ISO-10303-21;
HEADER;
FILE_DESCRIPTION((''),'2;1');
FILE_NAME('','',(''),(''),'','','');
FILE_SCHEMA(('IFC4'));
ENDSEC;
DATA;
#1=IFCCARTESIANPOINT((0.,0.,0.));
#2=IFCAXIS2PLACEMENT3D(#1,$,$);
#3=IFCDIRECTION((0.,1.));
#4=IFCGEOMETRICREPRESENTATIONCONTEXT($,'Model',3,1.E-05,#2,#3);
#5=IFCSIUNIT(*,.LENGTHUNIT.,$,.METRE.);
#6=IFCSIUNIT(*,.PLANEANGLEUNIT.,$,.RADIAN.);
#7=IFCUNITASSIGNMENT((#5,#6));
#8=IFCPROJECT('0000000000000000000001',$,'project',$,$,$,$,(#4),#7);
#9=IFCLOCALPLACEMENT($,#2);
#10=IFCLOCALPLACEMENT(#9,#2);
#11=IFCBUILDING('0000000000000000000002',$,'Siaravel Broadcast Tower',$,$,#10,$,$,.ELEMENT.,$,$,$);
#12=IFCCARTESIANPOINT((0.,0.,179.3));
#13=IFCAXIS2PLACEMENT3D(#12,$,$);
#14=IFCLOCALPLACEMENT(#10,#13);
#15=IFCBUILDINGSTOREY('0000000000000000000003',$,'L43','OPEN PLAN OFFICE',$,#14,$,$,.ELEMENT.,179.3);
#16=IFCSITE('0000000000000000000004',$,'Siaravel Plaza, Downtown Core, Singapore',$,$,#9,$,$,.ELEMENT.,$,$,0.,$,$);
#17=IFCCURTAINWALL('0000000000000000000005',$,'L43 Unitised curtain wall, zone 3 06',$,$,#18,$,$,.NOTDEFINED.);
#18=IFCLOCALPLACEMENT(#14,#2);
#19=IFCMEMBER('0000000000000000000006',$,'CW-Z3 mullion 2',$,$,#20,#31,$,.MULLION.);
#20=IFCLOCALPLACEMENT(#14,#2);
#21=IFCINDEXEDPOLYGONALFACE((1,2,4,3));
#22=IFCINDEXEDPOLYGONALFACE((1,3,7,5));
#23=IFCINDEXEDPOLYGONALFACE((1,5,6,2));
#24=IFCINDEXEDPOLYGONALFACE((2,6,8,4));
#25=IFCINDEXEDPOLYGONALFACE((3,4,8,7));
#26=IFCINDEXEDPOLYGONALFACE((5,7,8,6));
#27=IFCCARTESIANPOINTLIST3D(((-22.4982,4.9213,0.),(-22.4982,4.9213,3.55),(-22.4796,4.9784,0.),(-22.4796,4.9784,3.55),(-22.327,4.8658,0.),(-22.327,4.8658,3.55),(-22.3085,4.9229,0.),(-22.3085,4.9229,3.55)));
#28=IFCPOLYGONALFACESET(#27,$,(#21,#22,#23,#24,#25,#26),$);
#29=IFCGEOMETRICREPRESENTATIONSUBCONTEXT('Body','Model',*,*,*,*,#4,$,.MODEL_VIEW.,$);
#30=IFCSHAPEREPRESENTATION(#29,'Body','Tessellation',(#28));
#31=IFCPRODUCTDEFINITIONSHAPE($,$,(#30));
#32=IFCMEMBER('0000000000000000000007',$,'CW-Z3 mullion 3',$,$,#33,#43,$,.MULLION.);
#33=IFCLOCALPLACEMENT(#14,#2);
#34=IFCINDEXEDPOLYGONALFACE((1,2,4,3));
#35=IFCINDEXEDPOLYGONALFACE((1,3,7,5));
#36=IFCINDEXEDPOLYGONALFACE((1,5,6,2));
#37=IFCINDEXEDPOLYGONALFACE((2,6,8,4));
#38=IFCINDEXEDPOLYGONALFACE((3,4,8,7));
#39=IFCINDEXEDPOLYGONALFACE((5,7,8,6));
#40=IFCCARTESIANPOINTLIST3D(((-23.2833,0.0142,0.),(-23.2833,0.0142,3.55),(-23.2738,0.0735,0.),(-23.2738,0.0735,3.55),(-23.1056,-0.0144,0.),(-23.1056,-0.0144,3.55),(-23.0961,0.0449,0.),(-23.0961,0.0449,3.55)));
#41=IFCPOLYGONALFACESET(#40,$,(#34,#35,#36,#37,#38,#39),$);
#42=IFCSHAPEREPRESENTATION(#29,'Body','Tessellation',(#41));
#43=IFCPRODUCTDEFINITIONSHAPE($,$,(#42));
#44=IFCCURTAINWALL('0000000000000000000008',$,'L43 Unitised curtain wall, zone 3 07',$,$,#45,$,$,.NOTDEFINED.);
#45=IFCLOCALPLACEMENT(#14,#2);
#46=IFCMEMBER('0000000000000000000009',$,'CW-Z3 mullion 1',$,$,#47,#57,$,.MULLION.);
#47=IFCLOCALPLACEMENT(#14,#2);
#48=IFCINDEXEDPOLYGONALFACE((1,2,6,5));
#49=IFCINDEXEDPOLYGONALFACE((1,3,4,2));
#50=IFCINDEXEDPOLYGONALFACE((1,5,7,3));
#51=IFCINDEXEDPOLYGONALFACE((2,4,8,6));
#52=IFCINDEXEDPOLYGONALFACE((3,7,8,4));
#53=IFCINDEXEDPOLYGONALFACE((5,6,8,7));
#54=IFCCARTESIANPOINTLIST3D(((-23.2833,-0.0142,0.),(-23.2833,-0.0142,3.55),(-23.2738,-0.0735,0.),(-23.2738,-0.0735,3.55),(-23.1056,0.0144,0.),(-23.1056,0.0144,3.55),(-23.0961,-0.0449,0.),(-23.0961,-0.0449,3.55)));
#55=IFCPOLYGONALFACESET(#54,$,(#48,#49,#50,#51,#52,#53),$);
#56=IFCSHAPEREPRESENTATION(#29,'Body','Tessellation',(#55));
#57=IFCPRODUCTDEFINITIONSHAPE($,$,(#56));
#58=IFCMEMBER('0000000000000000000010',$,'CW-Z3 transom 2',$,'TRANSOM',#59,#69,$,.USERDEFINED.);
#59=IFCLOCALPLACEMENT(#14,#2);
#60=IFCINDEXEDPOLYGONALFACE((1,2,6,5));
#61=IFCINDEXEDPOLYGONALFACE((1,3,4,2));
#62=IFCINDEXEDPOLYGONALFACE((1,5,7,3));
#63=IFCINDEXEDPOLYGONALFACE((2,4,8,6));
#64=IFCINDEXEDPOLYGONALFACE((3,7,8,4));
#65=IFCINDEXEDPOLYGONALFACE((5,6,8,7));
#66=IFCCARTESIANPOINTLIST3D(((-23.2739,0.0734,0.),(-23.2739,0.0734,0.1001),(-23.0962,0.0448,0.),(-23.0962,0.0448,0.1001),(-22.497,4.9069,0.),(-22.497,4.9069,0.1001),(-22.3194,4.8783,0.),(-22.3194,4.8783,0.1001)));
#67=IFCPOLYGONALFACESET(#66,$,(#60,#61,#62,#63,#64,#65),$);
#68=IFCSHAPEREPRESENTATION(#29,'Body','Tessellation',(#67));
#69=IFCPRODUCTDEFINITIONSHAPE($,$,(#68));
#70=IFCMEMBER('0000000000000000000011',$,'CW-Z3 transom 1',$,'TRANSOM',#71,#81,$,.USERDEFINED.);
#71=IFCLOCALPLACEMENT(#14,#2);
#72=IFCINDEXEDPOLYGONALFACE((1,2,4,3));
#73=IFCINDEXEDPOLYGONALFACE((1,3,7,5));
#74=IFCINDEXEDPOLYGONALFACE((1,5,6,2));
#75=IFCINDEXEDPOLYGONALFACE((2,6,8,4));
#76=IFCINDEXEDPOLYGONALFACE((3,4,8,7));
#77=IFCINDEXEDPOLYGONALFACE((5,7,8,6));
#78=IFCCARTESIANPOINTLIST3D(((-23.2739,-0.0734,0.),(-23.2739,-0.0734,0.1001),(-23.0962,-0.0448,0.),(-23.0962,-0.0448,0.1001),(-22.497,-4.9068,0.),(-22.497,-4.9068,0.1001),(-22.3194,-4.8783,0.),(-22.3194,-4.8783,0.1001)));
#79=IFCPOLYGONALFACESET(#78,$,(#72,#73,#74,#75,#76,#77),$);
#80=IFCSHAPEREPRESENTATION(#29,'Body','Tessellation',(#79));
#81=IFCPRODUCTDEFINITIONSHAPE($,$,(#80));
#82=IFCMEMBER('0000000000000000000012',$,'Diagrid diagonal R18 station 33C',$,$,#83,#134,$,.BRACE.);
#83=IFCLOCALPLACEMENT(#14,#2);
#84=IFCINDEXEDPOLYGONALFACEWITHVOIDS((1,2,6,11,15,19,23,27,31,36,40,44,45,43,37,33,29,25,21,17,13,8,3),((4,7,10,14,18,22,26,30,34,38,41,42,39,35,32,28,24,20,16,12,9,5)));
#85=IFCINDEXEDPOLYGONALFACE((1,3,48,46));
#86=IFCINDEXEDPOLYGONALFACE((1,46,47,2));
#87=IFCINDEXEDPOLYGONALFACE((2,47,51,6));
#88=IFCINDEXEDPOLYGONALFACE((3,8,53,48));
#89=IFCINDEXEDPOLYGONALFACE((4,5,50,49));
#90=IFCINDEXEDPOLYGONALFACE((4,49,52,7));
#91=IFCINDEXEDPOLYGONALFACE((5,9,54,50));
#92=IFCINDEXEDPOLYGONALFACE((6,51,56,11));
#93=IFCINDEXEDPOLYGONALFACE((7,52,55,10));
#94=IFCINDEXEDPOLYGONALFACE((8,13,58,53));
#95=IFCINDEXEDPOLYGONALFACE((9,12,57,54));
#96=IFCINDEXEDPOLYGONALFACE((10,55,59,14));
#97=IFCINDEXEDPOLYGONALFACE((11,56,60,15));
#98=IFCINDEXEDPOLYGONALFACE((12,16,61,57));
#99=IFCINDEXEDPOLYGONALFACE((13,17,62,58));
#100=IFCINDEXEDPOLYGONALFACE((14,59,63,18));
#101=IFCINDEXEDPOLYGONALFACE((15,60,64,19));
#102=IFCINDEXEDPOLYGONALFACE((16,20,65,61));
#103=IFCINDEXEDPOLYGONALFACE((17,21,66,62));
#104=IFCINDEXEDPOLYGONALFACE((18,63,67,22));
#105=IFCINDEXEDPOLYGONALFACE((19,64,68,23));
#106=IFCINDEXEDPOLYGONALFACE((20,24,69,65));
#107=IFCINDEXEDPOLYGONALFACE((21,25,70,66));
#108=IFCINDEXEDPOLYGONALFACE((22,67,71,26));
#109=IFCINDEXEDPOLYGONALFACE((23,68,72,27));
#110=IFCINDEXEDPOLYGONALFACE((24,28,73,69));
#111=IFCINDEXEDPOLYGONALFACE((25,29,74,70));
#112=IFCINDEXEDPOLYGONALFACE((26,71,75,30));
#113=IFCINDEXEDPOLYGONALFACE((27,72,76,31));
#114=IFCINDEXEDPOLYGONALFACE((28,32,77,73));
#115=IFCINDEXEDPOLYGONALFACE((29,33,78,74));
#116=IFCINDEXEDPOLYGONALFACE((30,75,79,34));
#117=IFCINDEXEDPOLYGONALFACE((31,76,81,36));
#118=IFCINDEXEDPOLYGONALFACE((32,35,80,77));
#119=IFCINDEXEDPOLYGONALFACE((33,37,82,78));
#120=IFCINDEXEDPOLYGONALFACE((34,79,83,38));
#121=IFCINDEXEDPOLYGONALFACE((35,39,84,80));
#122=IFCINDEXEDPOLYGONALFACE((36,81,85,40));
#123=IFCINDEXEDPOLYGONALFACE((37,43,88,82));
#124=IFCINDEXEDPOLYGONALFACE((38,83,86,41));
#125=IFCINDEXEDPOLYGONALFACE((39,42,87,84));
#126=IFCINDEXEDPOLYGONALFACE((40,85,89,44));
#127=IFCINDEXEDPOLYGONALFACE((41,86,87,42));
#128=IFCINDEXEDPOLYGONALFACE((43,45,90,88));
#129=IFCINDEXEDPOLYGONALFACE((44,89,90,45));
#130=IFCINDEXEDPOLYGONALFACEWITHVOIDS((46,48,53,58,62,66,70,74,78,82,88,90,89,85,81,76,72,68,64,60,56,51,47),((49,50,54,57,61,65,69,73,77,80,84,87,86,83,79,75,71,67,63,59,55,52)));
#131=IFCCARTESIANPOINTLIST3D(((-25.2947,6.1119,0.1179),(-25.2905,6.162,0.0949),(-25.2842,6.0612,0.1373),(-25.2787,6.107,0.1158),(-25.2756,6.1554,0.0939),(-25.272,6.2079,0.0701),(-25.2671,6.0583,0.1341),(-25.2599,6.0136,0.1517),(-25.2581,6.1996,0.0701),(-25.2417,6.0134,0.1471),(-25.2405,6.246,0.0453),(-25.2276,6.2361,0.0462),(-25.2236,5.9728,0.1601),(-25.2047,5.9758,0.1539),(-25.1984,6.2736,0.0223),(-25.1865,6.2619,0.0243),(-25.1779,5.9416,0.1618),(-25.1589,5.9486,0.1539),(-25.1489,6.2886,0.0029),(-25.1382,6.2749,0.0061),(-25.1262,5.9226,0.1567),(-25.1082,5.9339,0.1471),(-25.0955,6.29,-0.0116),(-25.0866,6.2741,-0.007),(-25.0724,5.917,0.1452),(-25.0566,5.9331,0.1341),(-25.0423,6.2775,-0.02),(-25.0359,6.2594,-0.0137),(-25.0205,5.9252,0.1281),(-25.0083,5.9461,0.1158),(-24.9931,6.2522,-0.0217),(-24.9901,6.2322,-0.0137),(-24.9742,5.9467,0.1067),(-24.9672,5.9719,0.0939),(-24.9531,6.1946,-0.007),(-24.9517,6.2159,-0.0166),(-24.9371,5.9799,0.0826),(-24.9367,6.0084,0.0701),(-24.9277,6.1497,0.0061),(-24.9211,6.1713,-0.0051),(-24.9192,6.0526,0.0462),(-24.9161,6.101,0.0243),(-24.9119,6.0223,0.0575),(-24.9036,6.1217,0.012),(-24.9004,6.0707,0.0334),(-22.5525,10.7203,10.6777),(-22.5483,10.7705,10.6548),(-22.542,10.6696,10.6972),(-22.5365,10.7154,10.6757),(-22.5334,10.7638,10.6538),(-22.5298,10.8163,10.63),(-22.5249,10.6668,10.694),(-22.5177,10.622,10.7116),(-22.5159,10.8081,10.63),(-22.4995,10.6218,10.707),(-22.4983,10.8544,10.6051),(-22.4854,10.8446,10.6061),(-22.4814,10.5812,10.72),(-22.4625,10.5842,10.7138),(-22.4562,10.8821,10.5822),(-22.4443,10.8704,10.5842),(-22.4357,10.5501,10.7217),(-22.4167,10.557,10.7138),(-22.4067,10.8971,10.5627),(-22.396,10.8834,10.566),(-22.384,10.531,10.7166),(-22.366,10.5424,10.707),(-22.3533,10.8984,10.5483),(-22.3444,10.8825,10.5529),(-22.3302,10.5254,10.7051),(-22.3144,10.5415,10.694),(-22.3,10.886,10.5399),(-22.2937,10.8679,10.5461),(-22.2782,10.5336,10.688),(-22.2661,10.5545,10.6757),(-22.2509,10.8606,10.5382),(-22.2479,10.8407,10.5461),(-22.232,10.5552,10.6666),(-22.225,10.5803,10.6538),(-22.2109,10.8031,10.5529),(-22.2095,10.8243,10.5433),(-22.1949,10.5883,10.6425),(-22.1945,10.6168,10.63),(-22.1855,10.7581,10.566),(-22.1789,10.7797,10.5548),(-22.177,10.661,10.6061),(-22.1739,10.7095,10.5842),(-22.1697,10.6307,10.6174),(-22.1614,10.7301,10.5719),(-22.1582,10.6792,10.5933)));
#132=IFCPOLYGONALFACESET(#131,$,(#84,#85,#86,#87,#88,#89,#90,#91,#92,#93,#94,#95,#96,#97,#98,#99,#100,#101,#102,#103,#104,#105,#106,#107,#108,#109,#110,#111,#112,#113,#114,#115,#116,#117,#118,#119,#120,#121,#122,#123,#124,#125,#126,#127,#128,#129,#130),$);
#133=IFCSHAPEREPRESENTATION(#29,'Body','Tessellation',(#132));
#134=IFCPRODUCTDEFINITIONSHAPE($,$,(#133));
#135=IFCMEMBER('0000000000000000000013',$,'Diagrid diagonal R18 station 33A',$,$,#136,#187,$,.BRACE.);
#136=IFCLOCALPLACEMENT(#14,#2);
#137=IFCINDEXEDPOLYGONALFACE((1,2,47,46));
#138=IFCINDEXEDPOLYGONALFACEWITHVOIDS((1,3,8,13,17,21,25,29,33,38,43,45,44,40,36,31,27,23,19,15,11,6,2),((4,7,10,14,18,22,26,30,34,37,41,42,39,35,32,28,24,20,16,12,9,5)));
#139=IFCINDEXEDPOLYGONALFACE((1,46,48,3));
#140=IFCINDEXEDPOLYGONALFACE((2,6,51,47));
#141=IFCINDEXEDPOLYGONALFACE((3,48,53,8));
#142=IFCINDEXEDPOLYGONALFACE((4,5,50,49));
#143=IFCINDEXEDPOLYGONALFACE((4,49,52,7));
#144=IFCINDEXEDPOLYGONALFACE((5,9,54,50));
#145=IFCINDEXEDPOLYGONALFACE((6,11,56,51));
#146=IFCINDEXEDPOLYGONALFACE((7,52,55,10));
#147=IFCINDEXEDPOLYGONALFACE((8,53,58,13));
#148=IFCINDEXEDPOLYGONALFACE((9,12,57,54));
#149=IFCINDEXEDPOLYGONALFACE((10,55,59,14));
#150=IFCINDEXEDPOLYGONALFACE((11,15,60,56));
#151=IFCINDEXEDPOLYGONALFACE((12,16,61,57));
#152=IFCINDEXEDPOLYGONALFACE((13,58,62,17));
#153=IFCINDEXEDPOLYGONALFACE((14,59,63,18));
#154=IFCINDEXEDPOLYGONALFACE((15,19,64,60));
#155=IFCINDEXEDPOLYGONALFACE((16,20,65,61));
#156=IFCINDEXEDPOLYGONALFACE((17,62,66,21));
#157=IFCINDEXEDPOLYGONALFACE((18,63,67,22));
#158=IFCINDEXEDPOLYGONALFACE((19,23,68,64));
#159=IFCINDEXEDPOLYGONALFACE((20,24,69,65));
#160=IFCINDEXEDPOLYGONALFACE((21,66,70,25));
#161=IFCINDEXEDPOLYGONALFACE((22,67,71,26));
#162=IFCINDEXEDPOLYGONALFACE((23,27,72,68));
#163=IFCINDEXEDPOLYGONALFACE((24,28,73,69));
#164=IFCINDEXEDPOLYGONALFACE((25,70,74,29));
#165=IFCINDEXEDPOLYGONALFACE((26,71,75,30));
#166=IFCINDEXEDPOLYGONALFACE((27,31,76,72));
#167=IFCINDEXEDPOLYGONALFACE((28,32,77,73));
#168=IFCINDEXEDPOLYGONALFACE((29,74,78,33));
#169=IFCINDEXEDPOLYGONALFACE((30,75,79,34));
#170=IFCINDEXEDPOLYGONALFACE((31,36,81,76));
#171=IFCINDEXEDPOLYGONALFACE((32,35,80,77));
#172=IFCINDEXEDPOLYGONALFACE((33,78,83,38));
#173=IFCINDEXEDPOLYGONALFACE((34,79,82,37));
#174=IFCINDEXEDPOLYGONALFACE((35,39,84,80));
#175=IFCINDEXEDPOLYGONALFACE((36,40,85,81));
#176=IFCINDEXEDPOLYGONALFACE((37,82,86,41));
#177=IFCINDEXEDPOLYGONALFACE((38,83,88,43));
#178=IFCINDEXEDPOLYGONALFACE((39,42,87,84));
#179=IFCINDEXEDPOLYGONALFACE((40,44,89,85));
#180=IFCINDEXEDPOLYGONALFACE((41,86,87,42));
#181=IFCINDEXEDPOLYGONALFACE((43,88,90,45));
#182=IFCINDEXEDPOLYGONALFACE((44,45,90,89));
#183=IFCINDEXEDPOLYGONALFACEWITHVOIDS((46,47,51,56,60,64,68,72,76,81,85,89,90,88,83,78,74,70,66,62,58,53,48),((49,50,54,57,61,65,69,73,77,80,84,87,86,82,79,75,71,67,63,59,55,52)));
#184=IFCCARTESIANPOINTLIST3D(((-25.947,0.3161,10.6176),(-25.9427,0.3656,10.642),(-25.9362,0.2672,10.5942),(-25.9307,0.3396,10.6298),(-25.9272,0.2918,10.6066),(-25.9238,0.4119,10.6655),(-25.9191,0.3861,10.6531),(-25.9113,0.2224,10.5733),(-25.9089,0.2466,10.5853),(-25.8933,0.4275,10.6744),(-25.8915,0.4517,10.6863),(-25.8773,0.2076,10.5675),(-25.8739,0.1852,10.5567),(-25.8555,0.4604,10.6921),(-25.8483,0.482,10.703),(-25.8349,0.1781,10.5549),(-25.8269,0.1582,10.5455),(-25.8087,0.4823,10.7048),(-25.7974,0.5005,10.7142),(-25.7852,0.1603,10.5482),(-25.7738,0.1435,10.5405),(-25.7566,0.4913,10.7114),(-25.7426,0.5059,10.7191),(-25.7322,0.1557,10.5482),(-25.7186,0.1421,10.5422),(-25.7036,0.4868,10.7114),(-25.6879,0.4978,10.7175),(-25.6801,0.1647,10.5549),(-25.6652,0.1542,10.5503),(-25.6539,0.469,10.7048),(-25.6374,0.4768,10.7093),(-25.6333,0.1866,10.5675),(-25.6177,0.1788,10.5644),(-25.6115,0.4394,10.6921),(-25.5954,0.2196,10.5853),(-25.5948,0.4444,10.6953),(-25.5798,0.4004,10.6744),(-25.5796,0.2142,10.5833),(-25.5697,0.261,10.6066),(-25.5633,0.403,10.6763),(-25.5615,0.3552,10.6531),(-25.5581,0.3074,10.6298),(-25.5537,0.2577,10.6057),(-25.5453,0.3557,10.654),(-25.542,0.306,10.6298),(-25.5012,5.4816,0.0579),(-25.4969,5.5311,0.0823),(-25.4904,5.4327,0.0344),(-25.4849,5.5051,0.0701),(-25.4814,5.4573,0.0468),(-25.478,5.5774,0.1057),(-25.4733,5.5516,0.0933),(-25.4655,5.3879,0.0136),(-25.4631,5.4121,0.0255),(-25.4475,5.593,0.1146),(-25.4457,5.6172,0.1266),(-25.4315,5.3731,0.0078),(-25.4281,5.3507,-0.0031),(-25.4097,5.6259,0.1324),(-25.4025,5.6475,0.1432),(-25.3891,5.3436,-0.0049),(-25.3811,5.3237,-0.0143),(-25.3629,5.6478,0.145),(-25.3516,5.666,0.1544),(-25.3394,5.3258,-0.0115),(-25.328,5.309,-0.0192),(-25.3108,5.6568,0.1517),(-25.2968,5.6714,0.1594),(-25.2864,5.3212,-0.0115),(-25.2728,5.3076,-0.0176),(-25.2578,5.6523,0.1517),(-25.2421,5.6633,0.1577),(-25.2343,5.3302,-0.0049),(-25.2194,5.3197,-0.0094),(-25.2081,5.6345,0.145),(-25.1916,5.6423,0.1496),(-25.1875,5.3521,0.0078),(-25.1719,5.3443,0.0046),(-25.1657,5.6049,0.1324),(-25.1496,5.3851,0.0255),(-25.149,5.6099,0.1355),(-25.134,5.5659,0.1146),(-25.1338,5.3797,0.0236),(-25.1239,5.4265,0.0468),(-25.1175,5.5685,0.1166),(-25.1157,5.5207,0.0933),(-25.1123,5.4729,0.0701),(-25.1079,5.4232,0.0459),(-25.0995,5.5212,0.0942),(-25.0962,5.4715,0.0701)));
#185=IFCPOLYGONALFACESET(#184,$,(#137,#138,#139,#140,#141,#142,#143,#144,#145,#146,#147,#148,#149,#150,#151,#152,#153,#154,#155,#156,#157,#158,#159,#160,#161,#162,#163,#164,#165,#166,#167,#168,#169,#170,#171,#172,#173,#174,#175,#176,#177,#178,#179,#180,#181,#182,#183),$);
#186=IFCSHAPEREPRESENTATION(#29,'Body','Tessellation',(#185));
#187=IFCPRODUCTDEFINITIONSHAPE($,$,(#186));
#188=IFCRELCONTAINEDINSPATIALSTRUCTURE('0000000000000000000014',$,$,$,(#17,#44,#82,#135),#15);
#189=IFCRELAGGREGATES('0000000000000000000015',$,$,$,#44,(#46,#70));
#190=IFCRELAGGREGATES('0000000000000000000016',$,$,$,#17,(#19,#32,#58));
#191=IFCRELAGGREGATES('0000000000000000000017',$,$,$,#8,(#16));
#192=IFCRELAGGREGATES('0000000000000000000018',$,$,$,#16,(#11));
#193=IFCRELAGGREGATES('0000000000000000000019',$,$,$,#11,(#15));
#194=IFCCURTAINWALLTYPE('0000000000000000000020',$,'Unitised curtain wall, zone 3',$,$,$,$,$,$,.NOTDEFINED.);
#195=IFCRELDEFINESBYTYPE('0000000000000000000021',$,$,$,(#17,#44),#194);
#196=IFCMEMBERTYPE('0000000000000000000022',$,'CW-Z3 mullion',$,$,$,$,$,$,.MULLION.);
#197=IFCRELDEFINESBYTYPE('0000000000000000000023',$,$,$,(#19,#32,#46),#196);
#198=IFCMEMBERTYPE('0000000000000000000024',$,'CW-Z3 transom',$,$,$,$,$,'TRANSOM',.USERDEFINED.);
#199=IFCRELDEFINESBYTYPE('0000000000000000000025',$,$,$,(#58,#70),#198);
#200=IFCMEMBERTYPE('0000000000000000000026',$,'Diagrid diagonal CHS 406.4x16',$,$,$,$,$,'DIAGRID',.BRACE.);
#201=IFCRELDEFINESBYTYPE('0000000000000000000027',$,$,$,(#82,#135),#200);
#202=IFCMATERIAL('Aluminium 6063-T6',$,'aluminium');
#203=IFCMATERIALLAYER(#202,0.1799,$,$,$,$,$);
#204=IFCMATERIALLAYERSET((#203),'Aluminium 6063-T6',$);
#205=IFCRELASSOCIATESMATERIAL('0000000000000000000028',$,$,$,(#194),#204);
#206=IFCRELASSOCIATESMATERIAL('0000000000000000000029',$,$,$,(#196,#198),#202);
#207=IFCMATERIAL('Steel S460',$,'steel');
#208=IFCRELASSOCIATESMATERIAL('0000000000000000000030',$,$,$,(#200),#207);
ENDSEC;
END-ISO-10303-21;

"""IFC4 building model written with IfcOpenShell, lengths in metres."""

from ifc_helpers import new_model, si_unit, direction, frame, origin, origin_2d, place, context, subcontext, project, spatial, rectangle, hollow_circle, extrude, material, layer, layer_set, material_profile, profile_set, type_object, element, aggregate, save


model = new_model("IFC4")

# Units and contexts
model_context = context("Model", 3, precision=1e-05, world=origin(), true_north=direction((0.0, 1.0)))
body_context = subcontext(model_context, "Body", "Model", "MODEL_VIEW")
ifc_project = project(units=[si_unit("LENGTHUNIT", "METRE"), si_unit("PLANEANGLEUNIT", "RADIAN")], contexts=[model_context])

# Site, building, storey
site_placement = place(None, origin())
site = spatial("IfcSite", under=ifc_project, at=site_placement, Name="Siaravel Plaza, Downtown Core, Singapore", CompositionType="ELEMENT", RefElevation=0.0)
building_placement = place(site_placement, origin())
building = spatial("IfcBuilding", under=site, at=building_placement, Name="Siaravel Broadcast Tower", CompositionType="ELEMENT")
storey_placement = place(building_placement, frame((0.0, 0.0, 179.3)))
storey = spatial("IfcBuildingStorey", under=building, at=storey_placement, Name="L43", Description="OPEN PLAN OFFICE", CompositionType="ELEMENT", Elevation=179.3)

# Curtain wall, members
ifc_material_1 = material(Name="Aluminium 6063-T6", Category="aluminium")
ifc_layer_1 = layer(ifc_material_1, 0.1799)
ifc_layer_set_1 = layer_set([ifc_layer_1], Name="Aluminium 6063-T6")
curtain_wall_type = type_object("IfcCurtainWallType", Name="Unitised curtain wall, zone 3", PredefinedType="NOTDEFINED", material=ifc_layer_set_1)
curtain_wall_1_placement = place(storey_placement, origin())
curtain_wall_1 = element("IfcCurtainWall", 1, at=curtain_wall_1_placement, inside=storey, type_object=curtain_wall_type, Name="L43 Unitised curtain wall, zone 3 06", PredefinedType="NOTDEFINED")
ifc_material_profile_1 = material_profile(ifc_material_1, rectangle(XDim=0.1799, YDim=0.0601, at=origin_2d()))
ifc_profile_set_1 = profile_set([ifc_material_profile_1], Name="Aluminium 6063-T6")
member_type_1 = type_object("IfcMemberType", Name="CW-Z3 mullion", PredefinedType="MULLION", material=ifc_profile_set_1)
member_1_placement = place(storey_placement, frame((-22.4033, 4.9221, 0.0), z_axis=(0.0, 0.0, 1.0), x_axis=(0.951177, -0.308645, 0.0)))
member_1 = element("IfcMember", 2, at=member_1_placement, type_object=member_type_1, Name="CW-Z3 mullion 2", PredefinedType="MULLION", context=body_context, shape_type="SweptSolid", body=[
    extrude(rectangle(XDim=0.1799, YDim=0.0601, at=origin_2d()), origin(), (0.0, 0.0, 1.0), 3.55),
])
member_2_placement = place(storey_placement, frame((-23.1897, 0.0295, 0.0), z_axis=(0.0, 0.0, 1.0), x_axis=(0.987329, -0.158686, 0.0)))
member_2 = element("IfcMember", 3, at=member_2_placement, type_object=member_type_1, Name="CW-Z3 mullion 3", PredefinedType="MULLION", context=body_context, shape_type="SweptSolid", body=[
    extrude(rectangle(XDim=0.1799, YDim=0.0601, at=origin_2d()), origin(), (0.0, 0.0, 1.0), 3.55),
])

# Curtain wall, member
curtain_wall_2_placement = place(storey_placement, origin())
curtain_wall_2 = element("IfcCurtainWall", 4, at=curtain_wall_2_placement, inside=storey, type_object=curtain_wall_type, Name="L43 Unitised curtain wall, zone 3 07", PredefinedType="NOTDEFINED")
member_3_placement = place(storey_placement, frame((-23.1897, -0.0295, 0.0), z_axis=(0.0, 0.0, 1.0), x_axis=(0.987329, 0.158686, 0.0)))
member_3 = element("IfcMember", 5, at=member_3_placement, type_object=member_type_1, Name="CW-Z3 mullion 1", PredefinedType="MULLION", context=body_context, shape_type="SweptSolid", body=[
    extrude(rectangle(XDim=0.1799, YDim=0.0601, at=origin_2d()), origin(), (0.0, 0.0, 1.0), 3.55),
])

# Members
ifc_material_profile_2 = material_profile(ifc_material_1, rectangle(XDim=0.1799, YDim=0.1001, at=origin_2d()))
ifc_profile_set_2 = profile_set([ifc_material_profile_2], Name="Aluminium 6063-T6")
member_type_2 = type_object("IfcMemberType", Name="CW-Z3 transom", ElementType="TRANSOM", PredefinedType="USERDEFINED", material=ifc_profile_set_2)
member_4_placement = place(storey_placement, frame((-22.4082, 4.8926, 0.05), z_axis=(-0.158687, -0.987329, 0.0), x_axis=(0.987329, -0.158687, 0.0)))
member_4 = element("IfcMember", 6, at=member_4_placement, type_object=member_type_2, Name="CW-Z3 transom 2", ObjectType="TRANSOM", PredefinedType="USERDEFINED", context=body_context, shape_type="SweptSolid", body=[
    extrude(rectangle(XDim=0.1799, YDim=0.1001, at=origin_2d()), origin(), (0.0, 0.0, 1.0), 4.8955),
])
member_5_placement = place(storey_placement, frame((-23.1851, -0.0591, 0.05), z_axis=(0.158687, -0.987329, 0.0), x_axis=(0.987329, 0.158687, 0.0)))
member_5 = element("IfcMember", 7, at=member_5_placement, type_object=member_type_2, Name="CW-Z3 transom 1", ObjectType="TRANSOM", PredefinedType="USERDEFINED", context=body_context, shape_type="SweptSolid", body=[
    extrude(rectangle(XDim=0.1799, YDim=0.1001, at=origin_2d()), origin(), (0.0, 0.0, 1.0), 4.8955),
])
aggregate(curtain_wall_2, [member_3, member_5])

# Members
ifc_material_2 = material(Name="Steel S460", Category="steel")
ifc_material_profile_3 = material_profile(ifc_material_2, hollow_circle(Radius=0.2031, WallThickness=0.0161, at=origin_2d()))
ifc_profile_set_3 = profile_set([ifc_material_profile_3], Name="Steel S460")
member_type_3 = type_object("IfcMemberType", Name="Diagrid diagonal CHS 406.4x16", ElementType="DIAGRID", PredefinedType="BRACE", material=ifc_profile_set_3)
member_6_placement = place(storey_placement, frame((-25.0974, 6.104, 0.0701), z_axis=(0.231537, 0.38911, 0.891619), x_axis=(-0.859367, 0.511359, 0.0)))
element("IfcMember", 8, at=member_6_placement, inside=storey, type_object=member_type_3, Name="Diagrid diagonal R18 station 33C", PredefinedType="BRACE", context=body_context, shape_type="SweptSolid", body=[
    extrude(hollow_circle(Radius=0.2031, WallThickness=0.0161, at=origin_2d()), origin(), (0.0, 0.0, 1.0), 11.8435),
])
member_7_placement = place(storey_placement, frame((-25.2986, 5.489, 0.0701), z_axis=(-0.037895, -0.439097, 0.89764), x_axis=(0.996297, -0.085983, 0.0)))
element("IfcMember", 9, at=member_7_placement, inside=storey, type_object=member_type_3, Name="Diagrid diagonal R18 station 33A", PredefinedType="BRACE", context=body_context, shape_type="SweptSolid", body=[
    extrude(hollow_circle(Radius=0.2031, WallThickness=0.0161, at=origin_2d()), origin(), (0.0, 0.0, 1.0), 11.7639),
])

aggregate(curtain_wall_1, [member_1, member_2, member_4])

save(model, "model.ifc")
